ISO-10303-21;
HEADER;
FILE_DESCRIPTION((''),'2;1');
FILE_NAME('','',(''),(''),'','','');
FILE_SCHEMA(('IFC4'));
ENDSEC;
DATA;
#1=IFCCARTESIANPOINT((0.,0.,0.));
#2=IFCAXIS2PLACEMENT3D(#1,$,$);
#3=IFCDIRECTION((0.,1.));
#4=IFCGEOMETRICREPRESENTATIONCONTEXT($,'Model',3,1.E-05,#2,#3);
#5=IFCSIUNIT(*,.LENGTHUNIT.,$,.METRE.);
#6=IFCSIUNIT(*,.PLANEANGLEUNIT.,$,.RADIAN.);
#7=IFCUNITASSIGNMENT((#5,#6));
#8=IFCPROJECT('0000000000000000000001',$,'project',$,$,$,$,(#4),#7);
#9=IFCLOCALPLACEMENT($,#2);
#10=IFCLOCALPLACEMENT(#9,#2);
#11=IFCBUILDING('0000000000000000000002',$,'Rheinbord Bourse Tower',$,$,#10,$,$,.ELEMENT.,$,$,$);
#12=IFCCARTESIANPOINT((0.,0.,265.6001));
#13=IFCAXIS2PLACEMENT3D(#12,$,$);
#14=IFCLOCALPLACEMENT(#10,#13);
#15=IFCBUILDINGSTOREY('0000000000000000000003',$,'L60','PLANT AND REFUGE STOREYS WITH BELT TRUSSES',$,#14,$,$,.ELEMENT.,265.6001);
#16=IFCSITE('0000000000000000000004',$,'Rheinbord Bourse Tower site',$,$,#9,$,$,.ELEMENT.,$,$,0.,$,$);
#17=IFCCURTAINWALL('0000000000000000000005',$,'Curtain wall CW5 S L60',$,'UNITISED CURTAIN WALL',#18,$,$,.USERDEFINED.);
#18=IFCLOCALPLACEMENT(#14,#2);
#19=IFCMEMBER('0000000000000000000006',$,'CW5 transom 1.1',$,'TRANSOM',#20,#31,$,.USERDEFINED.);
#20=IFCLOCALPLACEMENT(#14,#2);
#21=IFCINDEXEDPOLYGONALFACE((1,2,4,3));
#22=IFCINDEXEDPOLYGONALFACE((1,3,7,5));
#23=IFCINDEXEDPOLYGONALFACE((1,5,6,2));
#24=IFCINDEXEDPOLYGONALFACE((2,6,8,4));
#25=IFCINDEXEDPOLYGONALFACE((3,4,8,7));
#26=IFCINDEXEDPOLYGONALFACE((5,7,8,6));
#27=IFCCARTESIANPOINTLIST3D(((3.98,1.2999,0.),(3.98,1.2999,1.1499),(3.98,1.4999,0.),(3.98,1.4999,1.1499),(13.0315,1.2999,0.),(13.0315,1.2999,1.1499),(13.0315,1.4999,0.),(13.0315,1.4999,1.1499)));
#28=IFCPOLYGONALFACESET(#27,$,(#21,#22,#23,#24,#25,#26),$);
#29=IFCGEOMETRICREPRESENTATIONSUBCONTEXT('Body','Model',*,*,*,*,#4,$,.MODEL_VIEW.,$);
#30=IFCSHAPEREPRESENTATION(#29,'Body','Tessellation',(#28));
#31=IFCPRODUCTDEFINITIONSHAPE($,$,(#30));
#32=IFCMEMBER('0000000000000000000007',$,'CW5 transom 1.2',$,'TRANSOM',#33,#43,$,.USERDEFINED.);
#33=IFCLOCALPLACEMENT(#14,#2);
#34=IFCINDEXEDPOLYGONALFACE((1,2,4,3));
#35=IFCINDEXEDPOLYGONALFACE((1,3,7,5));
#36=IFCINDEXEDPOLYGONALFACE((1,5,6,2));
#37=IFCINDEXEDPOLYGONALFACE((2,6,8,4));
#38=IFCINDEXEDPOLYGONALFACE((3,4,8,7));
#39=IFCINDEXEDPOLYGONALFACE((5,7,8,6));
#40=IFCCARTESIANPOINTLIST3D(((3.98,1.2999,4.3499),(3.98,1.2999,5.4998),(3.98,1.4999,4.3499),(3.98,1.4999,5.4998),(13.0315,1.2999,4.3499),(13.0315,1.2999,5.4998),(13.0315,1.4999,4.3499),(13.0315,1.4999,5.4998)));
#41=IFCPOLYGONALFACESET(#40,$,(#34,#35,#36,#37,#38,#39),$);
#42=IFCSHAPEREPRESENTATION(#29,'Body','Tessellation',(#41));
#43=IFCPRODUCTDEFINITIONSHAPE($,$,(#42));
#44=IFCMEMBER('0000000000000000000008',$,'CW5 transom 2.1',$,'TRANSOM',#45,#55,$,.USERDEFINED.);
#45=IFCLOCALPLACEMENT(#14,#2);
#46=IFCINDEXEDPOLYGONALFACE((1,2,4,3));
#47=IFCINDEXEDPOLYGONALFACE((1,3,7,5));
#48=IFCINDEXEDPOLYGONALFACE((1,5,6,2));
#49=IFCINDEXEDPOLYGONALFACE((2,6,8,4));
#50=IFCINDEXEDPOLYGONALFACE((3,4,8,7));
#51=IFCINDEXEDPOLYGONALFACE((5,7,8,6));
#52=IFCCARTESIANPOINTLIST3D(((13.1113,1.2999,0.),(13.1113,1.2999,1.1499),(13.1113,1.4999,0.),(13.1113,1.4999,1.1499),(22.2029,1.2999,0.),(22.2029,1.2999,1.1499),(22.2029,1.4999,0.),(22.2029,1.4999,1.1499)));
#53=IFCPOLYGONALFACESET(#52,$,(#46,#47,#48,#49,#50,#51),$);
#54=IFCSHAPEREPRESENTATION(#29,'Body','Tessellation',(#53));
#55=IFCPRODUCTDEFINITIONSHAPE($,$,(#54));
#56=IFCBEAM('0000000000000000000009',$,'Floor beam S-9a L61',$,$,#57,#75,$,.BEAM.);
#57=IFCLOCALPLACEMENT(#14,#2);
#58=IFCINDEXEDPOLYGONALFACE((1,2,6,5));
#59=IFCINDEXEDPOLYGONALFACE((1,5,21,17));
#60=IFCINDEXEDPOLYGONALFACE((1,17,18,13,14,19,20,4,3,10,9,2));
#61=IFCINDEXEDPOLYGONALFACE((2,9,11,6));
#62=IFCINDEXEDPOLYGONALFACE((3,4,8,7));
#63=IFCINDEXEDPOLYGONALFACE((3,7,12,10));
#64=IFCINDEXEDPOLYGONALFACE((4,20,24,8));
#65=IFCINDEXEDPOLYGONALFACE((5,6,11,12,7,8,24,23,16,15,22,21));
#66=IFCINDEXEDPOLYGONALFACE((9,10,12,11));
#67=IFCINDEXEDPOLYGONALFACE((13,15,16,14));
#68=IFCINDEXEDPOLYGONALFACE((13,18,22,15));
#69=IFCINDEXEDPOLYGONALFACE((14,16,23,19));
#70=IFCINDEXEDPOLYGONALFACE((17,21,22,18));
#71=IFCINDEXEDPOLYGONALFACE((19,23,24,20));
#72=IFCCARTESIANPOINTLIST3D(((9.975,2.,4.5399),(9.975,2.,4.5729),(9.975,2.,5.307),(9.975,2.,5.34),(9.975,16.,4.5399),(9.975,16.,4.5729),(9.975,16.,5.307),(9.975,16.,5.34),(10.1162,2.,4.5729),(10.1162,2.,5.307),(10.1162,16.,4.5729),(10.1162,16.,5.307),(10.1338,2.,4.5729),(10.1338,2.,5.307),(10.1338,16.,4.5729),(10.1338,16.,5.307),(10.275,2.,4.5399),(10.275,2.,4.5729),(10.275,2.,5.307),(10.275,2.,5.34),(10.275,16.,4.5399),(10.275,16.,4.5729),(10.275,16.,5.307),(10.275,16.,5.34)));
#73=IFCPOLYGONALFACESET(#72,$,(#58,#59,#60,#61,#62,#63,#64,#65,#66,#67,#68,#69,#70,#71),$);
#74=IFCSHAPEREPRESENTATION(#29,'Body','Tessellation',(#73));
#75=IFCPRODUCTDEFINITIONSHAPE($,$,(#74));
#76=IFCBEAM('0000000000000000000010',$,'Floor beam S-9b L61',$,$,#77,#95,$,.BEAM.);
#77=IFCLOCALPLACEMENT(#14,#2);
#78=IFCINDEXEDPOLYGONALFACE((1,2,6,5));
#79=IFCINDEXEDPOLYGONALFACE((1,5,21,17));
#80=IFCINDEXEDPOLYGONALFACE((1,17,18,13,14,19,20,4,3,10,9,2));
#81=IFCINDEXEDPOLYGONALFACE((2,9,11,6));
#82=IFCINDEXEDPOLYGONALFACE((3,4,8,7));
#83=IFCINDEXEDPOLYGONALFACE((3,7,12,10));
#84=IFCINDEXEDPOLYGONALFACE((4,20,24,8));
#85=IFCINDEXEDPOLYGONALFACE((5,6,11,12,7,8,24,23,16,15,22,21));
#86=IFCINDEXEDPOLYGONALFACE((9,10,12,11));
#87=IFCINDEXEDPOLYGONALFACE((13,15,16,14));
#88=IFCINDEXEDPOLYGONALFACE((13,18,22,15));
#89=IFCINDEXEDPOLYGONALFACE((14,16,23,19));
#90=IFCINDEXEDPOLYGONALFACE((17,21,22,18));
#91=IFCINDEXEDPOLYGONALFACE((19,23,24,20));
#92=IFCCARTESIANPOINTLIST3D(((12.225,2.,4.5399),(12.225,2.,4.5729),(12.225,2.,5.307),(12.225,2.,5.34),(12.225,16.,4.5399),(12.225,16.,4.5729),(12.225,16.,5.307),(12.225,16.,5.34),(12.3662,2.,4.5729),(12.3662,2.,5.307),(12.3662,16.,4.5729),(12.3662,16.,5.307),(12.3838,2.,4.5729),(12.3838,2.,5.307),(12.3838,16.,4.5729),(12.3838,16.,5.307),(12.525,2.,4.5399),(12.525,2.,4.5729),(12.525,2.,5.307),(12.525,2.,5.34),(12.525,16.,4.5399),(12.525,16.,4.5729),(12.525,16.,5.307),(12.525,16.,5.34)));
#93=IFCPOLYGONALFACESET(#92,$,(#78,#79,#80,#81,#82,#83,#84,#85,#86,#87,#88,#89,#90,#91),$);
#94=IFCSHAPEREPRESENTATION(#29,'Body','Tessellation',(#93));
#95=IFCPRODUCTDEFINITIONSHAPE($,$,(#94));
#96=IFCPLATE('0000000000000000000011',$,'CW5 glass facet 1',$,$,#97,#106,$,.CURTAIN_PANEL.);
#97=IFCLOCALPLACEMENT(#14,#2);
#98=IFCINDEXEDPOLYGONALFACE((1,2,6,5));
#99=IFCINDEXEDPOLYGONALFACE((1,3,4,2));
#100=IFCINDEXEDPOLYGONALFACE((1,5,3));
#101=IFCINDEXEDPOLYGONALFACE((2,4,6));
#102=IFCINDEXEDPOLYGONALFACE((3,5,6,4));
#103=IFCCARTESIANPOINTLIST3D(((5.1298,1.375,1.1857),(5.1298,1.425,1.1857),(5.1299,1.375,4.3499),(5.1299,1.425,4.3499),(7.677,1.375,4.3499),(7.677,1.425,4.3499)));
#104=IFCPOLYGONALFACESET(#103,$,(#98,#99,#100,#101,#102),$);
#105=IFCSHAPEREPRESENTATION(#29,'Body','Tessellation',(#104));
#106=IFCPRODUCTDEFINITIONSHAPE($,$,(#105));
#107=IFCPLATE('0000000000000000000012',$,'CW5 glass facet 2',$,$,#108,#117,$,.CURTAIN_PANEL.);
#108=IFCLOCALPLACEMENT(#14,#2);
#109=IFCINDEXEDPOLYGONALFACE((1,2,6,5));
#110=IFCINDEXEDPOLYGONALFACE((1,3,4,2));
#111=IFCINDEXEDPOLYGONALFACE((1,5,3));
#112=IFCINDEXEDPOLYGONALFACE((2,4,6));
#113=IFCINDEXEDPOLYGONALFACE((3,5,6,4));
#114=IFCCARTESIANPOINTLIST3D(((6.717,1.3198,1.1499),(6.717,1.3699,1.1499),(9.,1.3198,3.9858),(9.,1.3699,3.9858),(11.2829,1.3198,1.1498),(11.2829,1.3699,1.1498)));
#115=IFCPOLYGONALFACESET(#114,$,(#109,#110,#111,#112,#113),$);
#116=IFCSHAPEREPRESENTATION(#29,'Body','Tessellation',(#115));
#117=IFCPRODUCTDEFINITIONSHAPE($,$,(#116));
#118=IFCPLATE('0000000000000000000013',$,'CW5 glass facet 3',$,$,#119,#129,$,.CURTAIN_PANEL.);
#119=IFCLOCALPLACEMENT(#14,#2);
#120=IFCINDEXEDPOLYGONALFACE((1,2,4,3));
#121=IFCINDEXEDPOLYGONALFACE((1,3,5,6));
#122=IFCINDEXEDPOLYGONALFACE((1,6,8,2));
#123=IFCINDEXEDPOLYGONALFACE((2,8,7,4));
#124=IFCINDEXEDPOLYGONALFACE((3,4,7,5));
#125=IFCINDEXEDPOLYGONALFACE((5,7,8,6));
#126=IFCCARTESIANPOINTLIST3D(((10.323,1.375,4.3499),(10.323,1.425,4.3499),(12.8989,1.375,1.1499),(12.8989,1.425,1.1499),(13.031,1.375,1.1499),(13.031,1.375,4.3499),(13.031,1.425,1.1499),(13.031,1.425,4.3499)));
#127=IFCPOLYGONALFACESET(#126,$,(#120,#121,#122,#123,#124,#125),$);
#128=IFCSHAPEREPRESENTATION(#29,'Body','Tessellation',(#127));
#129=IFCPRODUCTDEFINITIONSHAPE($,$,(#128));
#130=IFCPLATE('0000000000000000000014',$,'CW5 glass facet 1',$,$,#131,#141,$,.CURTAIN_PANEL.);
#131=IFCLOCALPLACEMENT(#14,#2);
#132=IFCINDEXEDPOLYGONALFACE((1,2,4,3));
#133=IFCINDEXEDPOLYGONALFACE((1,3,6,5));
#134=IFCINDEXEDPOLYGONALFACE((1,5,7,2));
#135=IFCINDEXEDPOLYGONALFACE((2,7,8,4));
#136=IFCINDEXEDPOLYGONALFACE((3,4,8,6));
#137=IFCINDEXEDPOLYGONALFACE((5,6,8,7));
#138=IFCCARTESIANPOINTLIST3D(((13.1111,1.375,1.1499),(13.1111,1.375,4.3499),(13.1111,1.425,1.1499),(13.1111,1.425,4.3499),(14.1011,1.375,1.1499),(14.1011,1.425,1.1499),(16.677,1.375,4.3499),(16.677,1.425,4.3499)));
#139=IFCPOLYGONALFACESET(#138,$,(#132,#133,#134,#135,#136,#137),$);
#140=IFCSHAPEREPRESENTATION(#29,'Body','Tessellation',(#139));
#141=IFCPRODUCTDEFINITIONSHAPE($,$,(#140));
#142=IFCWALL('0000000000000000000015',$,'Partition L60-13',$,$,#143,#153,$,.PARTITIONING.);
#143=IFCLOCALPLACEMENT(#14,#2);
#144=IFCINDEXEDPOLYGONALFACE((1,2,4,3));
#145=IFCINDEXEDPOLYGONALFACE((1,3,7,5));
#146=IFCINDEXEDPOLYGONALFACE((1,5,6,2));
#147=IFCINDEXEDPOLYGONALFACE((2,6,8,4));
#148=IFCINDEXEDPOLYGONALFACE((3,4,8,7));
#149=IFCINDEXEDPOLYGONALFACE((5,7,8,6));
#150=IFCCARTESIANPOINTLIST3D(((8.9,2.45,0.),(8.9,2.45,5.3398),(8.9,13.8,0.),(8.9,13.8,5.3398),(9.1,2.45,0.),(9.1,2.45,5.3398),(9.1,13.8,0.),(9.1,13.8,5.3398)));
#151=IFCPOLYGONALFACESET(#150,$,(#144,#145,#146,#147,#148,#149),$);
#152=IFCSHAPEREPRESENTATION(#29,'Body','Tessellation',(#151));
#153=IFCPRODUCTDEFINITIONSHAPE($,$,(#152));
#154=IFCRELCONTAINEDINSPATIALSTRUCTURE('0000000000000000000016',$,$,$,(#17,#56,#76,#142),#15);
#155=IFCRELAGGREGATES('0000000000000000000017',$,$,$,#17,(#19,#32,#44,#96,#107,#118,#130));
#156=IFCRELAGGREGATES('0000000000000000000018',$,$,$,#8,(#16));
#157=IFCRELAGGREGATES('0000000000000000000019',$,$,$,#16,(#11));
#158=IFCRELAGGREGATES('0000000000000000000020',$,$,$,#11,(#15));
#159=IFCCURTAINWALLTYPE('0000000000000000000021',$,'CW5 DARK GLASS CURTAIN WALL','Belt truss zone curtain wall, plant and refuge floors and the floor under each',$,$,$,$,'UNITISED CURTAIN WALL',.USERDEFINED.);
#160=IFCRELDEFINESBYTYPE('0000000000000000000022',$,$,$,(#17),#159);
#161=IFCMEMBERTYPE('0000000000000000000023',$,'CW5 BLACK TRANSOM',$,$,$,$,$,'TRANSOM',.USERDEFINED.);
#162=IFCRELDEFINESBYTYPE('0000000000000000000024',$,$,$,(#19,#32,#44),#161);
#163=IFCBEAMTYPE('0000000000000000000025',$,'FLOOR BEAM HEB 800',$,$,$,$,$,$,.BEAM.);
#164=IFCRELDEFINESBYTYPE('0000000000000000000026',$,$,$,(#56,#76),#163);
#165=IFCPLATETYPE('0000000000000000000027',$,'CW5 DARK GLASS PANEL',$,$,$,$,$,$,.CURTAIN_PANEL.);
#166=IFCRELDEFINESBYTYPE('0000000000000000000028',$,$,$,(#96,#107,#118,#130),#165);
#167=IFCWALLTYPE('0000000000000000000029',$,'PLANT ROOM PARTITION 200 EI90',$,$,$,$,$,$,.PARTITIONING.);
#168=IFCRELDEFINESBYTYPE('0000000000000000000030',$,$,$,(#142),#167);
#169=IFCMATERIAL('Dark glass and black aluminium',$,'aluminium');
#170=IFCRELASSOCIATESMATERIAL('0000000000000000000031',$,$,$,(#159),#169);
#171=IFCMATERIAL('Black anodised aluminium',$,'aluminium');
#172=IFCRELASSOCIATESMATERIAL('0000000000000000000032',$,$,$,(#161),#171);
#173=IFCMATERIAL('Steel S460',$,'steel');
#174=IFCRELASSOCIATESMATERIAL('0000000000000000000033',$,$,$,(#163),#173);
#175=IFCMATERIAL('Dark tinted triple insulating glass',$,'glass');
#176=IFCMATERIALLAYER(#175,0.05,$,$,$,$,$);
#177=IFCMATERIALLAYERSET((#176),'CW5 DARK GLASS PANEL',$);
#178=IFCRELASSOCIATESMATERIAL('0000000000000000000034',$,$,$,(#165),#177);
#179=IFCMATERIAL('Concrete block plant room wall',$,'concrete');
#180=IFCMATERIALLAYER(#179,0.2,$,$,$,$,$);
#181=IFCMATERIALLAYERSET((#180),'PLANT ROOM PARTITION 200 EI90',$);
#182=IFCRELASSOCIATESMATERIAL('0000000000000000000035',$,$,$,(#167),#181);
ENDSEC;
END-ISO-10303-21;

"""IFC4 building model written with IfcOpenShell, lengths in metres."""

from ifc_helpers import new_model, si_unit, direction, frame, frame_2d, origin, origin_2d, place, context, subcontext, project, spatial, polyline, rectangle, i_section, outline, extrude, material, layer, layer_set, material_profile, profile_set, type_object, element, aggregate, save


model = new_model("IFC4")

# Units and contexts
model_context = context("Model", 3, precision=1e-05, world=origin(), true_north=direction((0.0, 1.0)))
body_context = subcontext(model_context, "Body", "Model", "MODEL_VIEW")
ifc_project = project(units=[si_unit("LENGTHUNIT", "METRE"), si_unit("PLANEANGLEUNIT", "RADIAN")], contexts=[model_context])

# Site, building, storey
site_placement = place(None, origin())
site = spatial("IfcSite", under=ifc_project, at=site_placement, Name="Rheinbord Bourse Tower site", CompositionType="ELEMENT", RefElevation=0.0)
building_placement = place(site_placement, origin())
building = spatial("IfcBuilding", under=site, at=building_placement, Name="Rheinbord Bourse Tower", CompositionType="ELEMENT")
storey_placement = place(building_placement, frame((0.0, 0.0, 265.6001)))
storey = spatial("IfcBuildingStorey", under=building, at=storey_placement, Name="L60", Description="PLANT AND REFUGE STOREYS WITH BELT TRUSSES", CompositionType="ELEMENT", Elevation=265.6001)

# Curtain wall, members
ifc_material_1 = material(Name="Dark glass and black aluminium", Category="aluminium")
curtain_wall_type = type_object("IfcCurtainWallType", Name="CW5 DARK GLASS CURTAIN WALL", Description="Belt truss zone curtain wall, plant and refuge floors and the floor under each", ElementType="UNITISED CURTAIN WALL", PredefinedType="USERDEFINED", material=ifc_material_1)
curtain_wall_placement = place(storey_placement, origin())
curtain_wall = element("IfcCurtainWall", 1, at=curtain_wall_placement, inside=storey, type_object=curtain_wall_type, Name="Curtain wall CW5 S L60", ObjectType="UNITISED CURTAIN WALL", PredefinedType="USERDEFINED")
ifc_material_2 = material(Name="Black anodised aluminium", Category="aluminium")
ifc_material_profile_1 = material_profile(ifc_material_2, rectangle(XDim=0.2, YDim=1.1499, at=origin_2d()), Name="CW5 TRANSOM 1150x200")
ifc_profile_set_1 = profile_set([ifc_material_profile_1], Name="Black anodised aluminium")
member_type_1 = type_object("IfcMemberType", Name="CW5 BLACK TRANSOM", ElementType="TRANSOM", PredefinedType="USERDEFINED", material=ifc_profile_set_1)
member_1_placement = place(storey_placement, frame((3.98, 1.3999, 0.575), z_axis=(1.0, 0.0, 0.0), x_axis=(0.0, 1.0, 0.0)))
member_1 = element("IfcMember", 2, at=member_1_placement, type_object=member_type_1, Name="CW5 transom 1.1", ObjectType="TRANSOM", PredefinedType="USERDEFINED", context=body_context, shape_type="SweptSolid", body=[
    extrude(rectangle(XDim=0.2, YDim=1.1499, at=origin_2d()), origin(), (0.0, 0.0, 1.0), 9.0515),
])
member_2_placement = place(storey_placement, frame((3.98, 1.3999, 4.9248), z_axis=(1.0, 0.0, 0.0), x_axis=(0.0, 1.0, 0.0)))
member_2 = element("IfcMember", 3, at=member_2_placement, type_object=member_type_1, Name="CW5 transom 1.2", ObjectType="TRANSOM", PredefinedType="USERDEFINED", context=body_context, shape_type="SweptSolid", body=[
    extrude(rectangle(XDim=0.2, YDim=1.1499, at=origin_2d()), origin(), (0.0, 0.0, 1.0), 9.0515),
])
member_3_placement = place(storey_placement, frame((13.1113, 1.3999, 0.575), z_axis=(1.0, 0.0, 0.0), x_axis=(0.0, 1.0, 0.0)))
member_3 = element("IfcMember", 4, at=member_3_placement, type_object=member_type_1, Name="CW5 transom 2.1", ObjectType="TRANSOM", PredefinedType="USERDEFINED", context=body_context, shape_type="SweptSolid", body=[
    extrude(rectangle(XDim=0.2, YDim=1.1499, at=origin_2d()), origin(), (0.0, 0.0, 1.0), 9.0916),
])

# Beams
ifc_material_3 = material(Name="Steel S460", Category="steel")
ifc_material_profile_2 = material_profile(ifc_material_3, i_section(OverallWidth=0.3, OverallDepth=0.8, WebThickness=0.0176, FlangeThickness=0.033, at=origin_2d()), Name="HEB 800")
ifc_profile_set_2 = profile_set([ifc_material_profile_2], Name="Steel S460")
beam_type_1 = type_object("IfcBeamType", Name="FLOOR BEAM HEB 800", PredefinedType="BEAM", material=ifc_profile_set_2)
for number, where, z_axis, x_axis, name in (
    (5, (10.125, 2.0, 4.9399), (0.0, 1.0, 0.0), (-1.0, 0.0, 0.0), "Floor beam S-9a L61"),
    (6, (12.375, 2.0, 4.9399), (0.0, 1.0, 0.0), (-1.0, 0.0, 0.0), "Floor beam S-9b L61"),
):
    element("IfcBeam", number, at=place(storey_placement, frame(where, z_axis=z_axis, x_axis=x_axis)), inside=storey, type_object=beam_type_1, Name=name, PredefinedType="BEAM", context=body_context, shape_type="SweptSolid", body=[
        extrude(i_section(OverallWidth=0.3, OverallDepth=0.8, WebThickness=0.0176, FlangeThickness=0.033, at=origin_2d()), origin(), (0.0, 0.0, 1.0), 14.0),
    ])

# Plates
ifc_material_4 = material(Name="Dark tinted triple insulating glass", Category="glass")
ifc_layer_1 = layer(ifc_material_4, 0.05)
ifc_layer_set_1 = layer_set([ifc_layer_1], Name="CW5 DARK GLASS PANEL")
plate_type = type_object("IfcPlateType", Name="CW5 DARK GLASS PANEL", PredefinedType="CURTAIN_PANEL", material=ifc_layer_set_1)
plate_1_placement = place(storey_placement, frame((7.677, 1.375, 4.3499), z_axis=(0.0, 1.0, 0.0), x_axis=(-0.627074, 0.0, -0.778959)))
plate_1 = element("IfcPlate", 7, at=plate_1_placement, type_object=plate_type, Name="CW5 glass facet 1", PredefinedType="CURTAIN_PANEL", context=body_context, shape_type="SweptSolid", body=[
    extrude(outline(polyline([(0.0, 0.0), (4.062, 0.0), (1.5972, 1.9841), (0.0, 0.0)])), origin(), (0.0, 0.0, 1.0), 0.05),
])
plate_2_placement = place(storey_placement, frame((6.717, 1.3198, 1.1499), z_axis=(0.0, 1.0, 0.0), x_axis=(0.627072, 0.0, 0.778961)))
plate_2 = element("IfcPlate", 8, at=plate_2_placement, type_object=plate_type, Name="CW5 glass facet 2", PredefinedType="CURTAIN_PANEL", context=body_context, shape_type="SweptSolid", body=[
    extrude(outline(polyline([(0.0, 0.0), (3.6406, 0.0), (2.863, 3.5566), (0.0, 0.0)])), origin(), (0.0, 0.0, 1.0), 0.05),
])
plate_3_placement = place(storey_placement, frame((13.031, 1.375, 4.3499), z_axis=(0.0, 1.0, 0.0), x_axis=(0.0, 0.0, -1.0)))
plate_3 = element("IfcPlate", 9, at=plate_3_placement, type_object=plate_type, Name="CW5 glass facet 3", PredefinedType="CURTAIN_PANEL", context=body_context, shape_type="SweptSolid", body=[
    extrude(outline(polyline([(0.0, 0.0), (3.2, 0.0), (3.2, 0.1321), (0.0, 2.708), (0.0, 0.0)])), origin(), (0.0, 0.0, 1.0), 0.05),
])
plate_4_placement = place(storey_placement, frame((13.1111, 1.375, 1.1499), z_axis=(0.0, 1.0, 0.0), x_axis=(0.0, 0.0, 1.0)))
plate_4 = element("IfcPlate", 10, at=plate_4_placement, type_object=plate_type, Name="CW5 glass facet 1", PredefinedType="CURTAIN_PANEL", context=body_context, shape_type="SweptSolid", body=[
    extrude(outline(polyline([(0.0, 0.0), (3.2, 0.0), (3.2, 3.5659), (0.0, 0.99), (0.0, 0.0)])), origin(), (0.0, 0.0, 1.0), 0.05),
])
aggregate(curtain_wall, [member_1, member_2, member_3, plate_1, plate_2, plate_3, plate_4])

# Wall
ifc_material_5 = material(Name="Concrete block plant room wall", Category="concrete")
ifc_layer_2 = layer(ifc_material_5, 0.2)
ifc_layer_set_2 = layer_set([ifc_layer_2], Name="PLANT ROOM PARTITION 200 EI90")
wall_type = type_object("IfcWallType", Name="PLANT ROOM PARTITION 200 EI90", PredefinedType="PARTITIONING", material=ifc_layer_set_2)
wall_placement = place(storey_placement, frame((9.0, 2.45, 0.0), z_axis=(0.0, 0.0, 1.0), x_axis=(0.0, 1.0, 0.0)))
element("IfcWall", 11, at=wall_placement, inside=storey, type_object=wall_type, Name="Partition L60-13", PredefinedType="PARTITIONING", context=body_context, shape_type="SweptSolid", body=[
    extrude(rectangle(XDim=11.3501, YDim=0.2, at=frame_2d((5.675, 0.0))), origin(), (0.0, 0.0, 1.0), 5.3398),
])

save(model, "model.ifc")
